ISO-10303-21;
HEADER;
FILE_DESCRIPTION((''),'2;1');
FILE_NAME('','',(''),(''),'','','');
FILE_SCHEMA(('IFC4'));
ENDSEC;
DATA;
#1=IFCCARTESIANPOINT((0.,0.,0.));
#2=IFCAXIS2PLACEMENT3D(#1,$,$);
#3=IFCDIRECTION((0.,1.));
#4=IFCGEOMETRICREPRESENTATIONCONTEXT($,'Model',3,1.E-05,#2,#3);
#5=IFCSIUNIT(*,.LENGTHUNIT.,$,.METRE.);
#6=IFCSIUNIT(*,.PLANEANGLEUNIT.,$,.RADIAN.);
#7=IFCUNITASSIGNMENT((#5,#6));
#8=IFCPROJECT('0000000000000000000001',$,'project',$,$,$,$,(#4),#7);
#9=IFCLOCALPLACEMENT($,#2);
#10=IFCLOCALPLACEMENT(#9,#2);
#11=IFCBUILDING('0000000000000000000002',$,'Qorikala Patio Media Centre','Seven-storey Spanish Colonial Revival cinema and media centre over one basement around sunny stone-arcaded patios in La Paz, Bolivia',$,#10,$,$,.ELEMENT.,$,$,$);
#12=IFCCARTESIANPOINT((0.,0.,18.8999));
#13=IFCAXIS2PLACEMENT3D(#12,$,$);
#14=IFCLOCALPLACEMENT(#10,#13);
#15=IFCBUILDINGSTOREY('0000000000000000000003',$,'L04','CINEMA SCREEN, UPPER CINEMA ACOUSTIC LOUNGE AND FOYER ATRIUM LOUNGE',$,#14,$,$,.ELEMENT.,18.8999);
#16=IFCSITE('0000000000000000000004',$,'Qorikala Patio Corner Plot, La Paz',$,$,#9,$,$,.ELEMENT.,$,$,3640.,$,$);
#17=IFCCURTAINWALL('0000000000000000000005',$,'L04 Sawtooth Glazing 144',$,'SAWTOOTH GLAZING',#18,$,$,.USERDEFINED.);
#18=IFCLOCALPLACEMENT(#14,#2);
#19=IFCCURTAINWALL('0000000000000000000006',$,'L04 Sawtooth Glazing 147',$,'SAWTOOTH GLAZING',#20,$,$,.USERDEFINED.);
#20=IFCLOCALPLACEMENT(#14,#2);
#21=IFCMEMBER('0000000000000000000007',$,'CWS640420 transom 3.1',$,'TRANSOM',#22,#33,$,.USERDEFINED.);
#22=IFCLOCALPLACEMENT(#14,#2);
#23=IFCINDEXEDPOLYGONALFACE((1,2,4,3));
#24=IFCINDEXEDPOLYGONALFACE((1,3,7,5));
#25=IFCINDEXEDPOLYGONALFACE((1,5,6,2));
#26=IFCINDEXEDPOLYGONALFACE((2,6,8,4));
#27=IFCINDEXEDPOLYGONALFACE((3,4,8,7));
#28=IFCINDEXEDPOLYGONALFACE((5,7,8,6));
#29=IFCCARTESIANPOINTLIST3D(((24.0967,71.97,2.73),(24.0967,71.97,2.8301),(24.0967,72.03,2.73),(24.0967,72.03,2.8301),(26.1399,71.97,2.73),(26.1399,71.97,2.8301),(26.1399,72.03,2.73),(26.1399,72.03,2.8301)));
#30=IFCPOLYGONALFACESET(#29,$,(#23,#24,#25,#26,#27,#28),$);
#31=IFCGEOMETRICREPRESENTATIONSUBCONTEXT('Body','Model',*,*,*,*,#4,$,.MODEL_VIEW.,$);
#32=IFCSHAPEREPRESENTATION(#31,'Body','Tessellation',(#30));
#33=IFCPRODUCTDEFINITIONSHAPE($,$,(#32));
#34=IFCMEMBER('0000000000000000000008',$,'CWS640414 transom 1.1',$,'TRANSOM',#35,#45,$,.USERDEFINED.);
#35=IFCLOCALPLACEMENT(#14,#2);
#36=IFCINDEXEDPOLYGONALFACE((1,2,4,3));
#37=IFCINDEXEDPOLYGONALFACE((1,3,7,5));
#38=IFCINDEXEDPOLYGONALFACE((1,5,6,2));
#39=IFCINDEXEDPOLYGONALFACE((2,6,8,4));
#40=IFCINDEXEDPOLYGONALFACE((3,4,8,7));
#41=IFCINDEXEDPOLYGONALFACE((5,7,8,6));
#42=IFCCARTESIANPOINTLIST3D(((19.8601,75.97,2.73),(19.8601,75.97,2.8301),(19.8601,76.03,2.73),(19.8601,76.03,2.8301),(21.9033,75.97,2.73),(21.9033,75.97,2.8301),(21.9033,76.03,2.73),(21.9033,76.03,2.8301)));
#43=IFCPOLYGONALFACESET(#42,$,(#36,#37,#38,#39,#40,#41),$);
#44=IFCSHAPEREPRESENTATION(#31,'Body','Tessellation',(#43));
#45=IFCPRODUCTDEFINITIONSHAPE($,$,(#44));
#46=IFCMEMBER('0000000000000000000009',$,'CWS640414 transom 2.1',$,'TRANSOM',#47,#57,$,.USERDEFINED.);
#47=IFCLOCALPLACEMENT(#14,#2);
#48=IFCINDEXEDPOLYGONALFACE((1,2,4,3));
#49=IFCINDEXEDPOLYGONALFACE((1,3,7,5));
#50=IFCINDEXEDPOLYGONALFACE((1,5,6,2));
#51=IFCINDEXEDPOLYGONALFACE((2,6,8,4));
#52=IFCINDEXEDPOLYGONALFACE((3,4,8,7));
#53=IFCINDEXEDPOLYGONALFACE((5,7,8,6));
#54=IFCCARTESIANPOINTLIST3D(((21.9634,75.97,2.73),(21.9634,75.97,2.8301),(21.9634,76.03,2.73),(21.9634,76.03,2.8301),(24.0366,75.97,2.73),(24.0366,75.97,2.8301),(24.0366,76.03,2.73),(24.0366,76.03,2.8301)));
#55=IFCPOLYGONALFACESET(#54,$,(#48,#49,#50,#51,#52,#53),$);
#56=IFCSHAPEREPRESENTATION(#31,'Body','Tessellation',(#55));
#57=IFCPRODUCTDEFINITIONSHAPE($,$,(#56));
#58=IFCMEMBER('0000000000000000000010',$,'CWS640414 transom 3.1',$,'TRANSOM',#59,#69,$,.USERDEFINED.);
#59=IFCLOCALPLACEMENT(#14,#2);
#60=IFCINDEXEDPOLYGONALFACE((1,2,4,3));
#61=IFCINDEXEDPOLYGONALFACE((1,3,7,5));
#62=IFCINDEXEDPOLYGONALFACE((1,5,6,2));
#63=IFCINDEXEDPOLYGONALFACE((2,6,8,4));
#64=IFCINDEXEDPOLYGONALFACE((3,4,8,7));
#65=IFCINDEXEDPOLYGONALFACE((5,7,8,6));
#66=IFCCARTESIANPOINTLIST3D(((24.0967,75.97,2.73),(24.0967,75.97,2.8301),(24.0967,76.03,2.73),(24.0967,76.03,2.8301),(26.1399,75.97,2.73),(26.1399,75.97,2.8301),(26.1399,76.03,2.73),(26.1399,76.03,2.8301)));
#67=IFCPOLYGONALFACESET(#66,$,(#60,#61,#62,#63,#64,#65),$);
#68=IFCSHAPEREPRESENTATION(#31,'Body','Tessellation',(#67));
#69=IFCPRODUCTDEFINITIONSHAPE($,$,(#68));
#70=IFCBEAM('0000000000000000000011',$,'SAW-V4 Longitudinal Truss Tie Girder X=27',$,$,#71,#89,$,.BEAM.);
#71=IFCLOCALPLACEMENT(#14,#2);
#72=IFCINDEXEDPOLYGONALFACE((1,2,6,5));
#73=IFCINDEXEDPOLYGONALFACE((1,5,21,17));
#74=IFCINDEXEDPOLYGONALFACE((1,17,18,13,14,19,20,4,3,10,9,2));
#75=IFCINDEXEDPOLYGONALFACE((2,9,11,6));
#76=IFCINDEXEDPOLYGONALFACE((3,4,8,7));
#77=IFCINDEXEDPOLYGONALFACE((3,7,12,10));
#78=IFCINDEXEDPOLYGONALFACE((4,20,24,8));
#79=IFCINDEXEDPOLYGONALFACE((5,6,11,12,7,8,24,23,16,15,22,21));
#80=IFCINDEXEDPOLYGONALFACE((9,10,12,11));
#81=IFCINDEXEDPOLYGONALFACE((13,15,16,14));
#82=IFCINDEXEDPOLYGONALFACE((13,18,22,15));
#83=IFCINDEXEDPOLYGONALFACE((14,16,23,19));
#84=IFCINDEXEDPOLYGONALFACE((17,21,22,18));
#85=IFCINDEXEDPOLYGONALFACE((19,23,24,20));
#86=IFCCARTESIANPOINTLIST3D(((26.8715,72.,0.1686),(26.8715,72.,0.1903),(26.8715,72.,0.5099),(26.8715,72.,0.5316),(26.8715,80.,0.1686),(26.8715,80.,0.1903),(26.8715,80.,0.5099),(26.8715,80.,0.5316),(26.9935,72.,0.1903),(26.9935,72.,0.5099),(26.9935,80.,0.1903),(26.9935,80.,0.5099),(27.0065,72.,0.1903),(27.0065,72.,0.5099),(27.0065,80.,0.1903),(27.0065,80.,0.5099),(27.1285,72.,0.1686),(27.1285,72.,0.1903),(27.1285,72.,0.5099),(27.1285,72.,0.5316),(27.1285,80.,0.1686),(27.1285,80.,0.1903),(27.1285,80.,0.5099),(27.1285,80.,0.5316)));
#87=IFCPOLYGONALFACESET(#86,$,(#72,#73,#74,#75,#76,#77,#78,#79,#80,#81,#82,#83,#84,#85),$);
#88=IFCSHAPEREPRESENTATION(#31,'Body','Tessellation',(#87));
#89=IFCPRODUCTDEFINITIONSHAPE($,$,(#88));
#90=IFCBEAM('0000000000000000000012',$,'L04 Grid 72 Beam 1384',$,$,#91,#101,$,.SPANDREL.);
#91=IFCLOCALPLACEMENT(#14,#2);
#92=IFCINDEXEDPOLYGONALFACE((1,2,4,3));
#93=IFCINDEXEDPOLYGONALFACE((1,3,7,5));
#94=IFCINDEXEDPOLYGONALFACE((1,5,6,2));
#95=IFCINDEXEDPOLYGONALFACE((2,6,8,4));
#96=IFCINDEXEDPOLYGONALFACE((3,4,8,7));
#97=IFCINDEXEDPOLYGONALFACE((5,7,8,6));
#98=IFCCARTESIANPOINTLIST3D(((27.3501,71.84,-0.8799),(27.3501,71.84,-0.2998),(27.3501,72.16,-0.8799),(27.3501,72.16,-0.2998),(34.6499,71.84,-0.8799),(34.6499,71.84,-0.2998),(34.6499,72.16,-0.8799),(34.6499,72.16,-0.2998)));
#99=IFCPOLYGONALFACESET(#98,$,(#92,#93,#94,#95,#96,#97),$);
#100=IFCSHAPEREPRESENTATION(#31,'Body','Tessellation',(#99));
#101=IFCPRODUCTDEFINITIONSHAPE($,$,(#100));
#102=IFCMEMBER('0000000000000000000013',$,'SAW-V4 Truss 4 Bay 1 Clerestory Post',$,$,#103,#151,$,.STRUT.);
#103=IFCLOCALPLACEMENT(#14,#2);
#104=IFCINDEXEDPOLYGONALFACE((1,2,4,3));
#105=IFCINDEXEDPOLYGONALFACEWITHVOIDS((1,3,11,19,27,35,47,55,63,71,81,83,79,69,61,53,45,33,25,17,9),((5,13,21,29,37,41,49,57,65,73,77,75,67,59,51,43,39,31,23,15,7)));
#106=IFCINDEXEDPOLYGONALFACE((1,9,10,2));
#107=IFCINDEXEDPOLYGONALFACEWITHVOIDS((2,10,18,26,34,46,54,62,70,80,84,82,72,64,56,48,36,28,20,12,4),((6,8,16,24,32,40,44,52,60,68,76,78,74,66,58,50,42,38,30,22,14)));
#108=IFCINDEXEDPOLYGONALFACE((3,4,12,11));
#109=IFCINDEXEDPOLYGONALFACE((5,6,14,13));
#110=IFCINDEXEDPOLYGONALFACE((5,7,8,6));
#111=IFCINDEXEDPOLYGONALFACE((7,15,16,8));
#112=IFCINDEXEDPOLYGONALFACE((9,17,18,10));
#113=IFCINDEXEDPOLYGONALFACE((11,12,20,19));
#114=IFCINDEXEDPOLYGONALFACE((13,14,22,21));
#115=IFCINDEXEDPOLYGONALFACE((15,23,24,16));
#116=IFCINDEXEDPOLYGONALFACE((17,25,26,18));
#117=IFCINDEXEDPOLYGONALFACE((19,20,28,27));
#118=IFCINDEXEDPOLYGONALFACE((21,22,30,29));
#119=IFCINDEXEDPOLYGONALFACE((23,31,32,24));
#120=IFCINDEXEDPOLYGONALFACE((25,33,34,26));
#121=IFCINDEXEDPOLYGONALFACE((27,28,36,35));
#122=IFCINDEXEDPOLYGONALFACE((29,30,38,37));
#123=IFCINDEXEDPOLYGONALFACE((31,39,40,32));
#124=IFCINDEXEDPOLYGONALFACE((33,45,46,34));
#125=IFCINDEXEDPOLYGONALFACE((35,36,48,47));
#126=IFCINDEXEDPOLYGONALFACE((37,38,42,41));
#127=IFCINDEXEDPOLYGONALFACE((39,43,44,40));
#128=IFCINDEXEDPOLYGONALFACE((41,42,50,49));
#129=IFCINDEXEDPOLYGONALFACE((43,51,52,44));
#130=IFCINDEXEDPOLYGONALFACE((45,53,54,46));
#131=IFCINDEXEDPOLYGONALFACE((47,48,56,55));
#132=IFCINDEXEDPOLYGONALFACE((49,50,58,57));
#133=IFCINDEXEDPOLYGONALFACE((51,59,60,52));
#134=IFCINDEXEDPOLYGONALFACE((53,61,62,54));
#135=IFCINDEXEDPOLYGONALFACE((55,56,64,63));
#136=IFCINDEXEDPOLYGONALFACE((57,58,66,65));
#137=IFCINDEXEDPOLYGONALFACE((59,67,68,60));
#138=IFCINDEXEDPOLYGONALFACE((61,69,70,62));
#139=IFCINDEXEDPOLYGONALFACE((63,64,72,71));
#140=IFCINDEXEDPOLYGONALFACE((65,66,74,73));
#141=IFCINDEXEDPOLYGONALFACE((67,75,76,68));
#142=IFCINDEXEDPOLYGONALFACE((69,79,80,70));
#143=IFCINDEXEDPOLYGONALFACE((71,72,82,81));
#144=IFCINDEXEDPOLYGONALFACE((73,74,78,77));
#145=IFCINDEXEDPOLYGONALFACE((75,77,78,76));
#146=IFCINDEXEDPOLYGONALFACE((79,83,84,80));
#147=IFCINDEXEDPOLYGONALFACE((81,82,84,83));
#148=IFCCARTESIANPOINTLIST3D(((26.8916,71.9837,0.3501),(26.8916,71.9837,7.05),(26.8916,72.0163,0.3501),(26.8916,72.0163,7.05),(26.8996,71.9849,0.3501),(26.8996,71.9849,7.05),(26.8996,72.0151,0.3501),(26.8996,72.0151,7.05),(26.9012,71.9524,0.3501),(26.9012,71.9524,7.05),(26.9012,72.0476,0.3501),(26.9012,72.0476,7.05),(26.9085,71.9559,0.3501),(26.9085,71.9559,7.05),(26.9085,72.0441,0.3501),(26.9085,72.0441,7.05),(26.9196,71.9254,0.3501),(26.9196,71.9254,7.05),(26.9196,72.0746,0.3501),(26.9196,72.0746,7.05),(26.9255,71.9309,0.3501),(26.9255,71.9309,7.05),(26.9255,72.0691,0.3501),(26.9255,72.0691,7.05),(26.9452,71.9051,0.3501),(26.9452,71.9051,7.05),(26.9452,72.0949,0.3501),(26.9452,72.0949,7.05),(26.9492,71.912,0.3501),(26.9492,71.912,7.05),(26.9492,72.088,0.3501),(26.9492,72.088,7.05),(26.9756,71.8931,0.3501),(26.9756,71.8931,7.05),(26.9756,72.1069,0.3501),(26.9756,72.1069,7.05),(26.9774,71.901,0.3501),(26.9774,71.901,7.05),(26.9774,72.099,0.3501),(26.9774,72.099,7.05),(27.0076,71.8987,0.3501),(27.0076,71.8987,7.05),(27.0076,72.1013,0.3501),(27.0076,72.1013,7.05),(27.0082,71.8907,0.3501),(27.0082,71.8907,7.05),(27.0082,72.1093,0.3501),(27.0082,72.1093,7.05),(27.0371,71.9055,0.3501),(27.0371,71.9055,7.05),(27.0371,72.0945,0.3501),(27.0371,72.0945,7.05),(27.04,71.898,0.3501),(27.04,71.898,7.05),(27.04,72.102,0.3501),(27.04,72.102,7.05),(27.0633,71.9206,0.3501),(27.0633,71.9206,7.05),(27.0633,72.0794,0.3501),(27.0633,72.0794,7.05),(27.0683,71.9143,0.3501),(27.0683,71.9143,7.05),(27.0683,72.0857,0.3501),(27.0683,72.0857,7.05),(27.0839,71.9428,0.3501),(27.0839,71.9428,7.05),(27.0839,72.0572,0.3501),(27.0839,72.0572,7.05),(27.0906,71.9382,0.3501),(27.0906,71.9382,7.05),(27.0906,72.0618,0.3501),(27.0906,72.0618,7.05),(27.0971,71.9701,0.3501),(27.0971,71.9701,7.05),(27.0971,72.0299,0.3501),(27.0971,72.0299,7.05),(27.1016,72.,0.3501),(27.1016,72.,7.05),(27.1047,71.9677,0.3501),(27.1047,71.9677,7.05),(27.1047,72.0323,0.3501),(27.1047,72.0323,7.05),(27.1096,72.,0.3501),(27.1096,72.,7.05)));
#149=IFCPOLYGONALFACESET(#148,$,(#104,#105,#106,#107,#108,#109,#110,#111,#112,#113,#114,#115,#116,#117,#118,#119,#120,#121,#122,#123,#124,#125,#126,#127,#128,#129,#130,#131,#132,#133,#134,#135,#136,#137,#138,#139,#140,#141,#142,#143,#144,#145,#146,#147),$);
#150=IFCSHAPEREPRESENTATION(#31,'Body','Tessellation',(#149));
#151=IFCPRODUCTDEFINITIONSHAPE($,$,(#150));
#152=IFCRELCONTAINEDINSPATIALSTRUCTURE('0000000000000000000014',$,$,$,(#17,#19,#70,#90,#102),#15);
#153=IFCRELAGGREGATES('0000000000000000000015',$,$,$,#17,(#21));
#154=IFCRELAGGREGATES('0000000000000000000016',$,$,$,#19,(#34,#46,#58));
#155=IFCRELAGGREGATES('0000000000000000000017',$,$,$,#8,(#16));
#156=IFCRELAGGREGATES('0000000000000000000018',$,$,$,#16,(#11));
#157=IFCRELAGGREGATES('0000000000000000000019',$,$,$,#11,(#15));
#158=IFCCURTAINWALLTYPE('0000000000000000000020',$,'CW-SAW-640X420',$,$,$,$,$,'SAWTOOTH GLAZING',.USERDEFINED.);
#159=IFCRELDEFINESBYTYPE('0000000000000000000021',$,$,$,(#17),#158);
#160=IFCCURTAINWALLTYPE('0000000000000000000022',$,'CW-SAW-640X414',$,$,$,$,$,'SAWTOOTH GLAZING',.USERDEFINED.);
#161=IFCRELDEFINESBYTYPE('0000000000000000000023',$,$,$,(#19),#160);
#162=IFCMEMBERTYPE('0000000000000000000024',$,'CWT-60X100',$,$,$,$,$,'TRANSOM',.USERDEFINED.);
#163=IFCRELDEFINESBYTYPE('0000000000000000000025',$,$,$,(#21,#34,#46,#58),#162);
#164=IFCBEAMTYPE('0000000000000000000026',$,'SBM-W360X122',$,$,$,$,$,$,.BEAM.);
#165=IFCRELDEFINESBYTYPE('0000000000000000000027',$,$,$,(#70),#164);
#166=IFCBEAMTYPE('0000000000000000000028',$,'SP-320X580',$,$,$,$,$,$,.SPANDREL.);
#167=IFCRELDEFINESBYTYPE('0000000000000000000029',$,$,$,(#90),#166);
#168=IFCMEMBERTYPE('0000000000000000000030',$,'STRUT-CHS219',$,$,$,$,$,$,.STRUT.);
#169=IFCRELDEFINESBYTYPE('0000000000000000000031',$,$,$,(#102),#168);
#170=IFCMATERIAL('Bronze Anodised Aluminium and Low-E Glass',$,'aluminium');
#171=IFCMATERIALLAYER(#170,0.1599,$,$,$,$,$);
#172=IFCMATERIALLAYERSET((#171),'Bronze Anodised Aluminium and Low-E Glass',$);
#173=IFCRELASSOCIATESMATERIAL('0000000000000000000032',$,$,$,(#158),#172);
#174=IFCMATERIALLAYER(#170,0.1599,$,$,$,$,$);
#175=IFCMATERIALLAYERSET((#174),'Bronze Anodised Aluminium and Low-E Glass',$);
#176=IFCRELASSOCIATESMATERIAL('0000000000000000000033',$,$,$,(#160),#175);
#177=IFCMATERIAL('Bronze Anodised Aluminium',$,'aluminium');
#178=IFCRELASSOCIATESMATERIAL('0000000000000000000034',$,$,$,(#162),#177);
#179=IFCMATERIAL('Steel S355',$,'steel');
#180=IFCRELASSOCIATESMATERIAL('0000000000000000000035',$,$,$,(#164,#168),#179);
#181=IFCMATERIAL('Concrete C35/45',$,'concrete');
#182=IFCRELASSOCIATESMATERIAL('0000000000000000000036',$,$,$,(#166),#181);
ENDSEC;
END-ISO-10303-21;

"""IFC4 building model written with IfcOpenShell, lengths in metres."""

from ifc_helpers import new_model, si_unit, direction, frame, origin, origin_2d, place, context, subcontext, project, spatial, rectangle, hollow_circle, i_section, extrude, material, layer, layer_set, material_profile, profile_set, type_object, element, aggregate, save


model = new_model("IFC4")

# Units and contexts
model_context = context("Model", 3, precision=1e-05, world=origin(), true_north=direction((0.0, 1.0)))
body_context = subcontext(model_context, "Body", "Model", "MODEL_VIEW")
ifc_project = project(units=[si_unit("LENGTHUNIT", "METRE"), si_unit("PLANEANGLEUNIT", "RADIAN")], contexts=[model_context])

# Site, building, storey
site_placement = place(None, origin())
site = spatial("IfcSite", under=ifc_project, at=site_placement, Name="Qorikala Patio Corner Plot, La Paz", CompositionType="ELEMENT", RefElevation=3640.0)
building_placement = place(site_placement, origin())
building = spatial("IfcBuilding", under=site, at=building_placement, Name="Qorikala Patio Media Centre", Description="Seven-storey Spanish Colonial Revival cinema and media centre over one basement around sunny stone-arcaded patios in La Paz, Bolivia", CompositionType="ELEMENT")
storey_placement = place(building_placement, frame((0.0, 0.0, 18.8999)))
storey = spatial("IfcBuildingStorey", under=building, at=storey_placement, Name="L04", Description="CINEMA SCREEN, UPPER CINEMA ACOUSTIC LOUNGE AND FOYER ATRIUM LOUNGE", CompositionType="ELEMENT", Elevation=18.8999)

# Shared definitions
ifc_material_1 = material(Name="Concrete C35/45", Category="concrete")

# Shared definitions
ifc_material_2 = material(Name="Steel S355", Category="steel")

# Curtain walls
ifc_material_3 = material(Name="Bronze Anodised Aluminium and Low-E Glass", Category="aluminium")
ifc_layer_1 = layer(ifc_material_3, 0.1599)
ifc_layer_set_1 = layer_set([ifc_layer_1], Name="Bronze Anodised Aluminium and Low-E Glass")
curtain_wall_type_1 = type_object("IfcCurtainWallType", Name="CW-SAW-640X420", ElementType="SAWTOOTH GLAZING", PredefinedType="USERDEFINED", material=ifc_layer_set_1)
curtain_wall_1_placement = place(storey_placement, origin())
curtain_wall_1 = element("IfcCurtainWall", 1, at=curtain_wall_1_placement, inside=storey, type_object=curtain_wall_type_1, Name="L04 Sawtooth Glazing 144", ObjectType="SAWTOOTH GLAZING", PredefinedType="USERDEFINED")
ifc_material_4 = material(Name="Bronze Anodised Aluminium", Category="aluminium")
ifc_layer_2 = layer(ifc_material_3, 0.1599)
ifc_layer_set_2 = layer_set([ifc_layer_2], Name="Bronze Anodised Aluminium and Low-E Glass")
curtain_wall_type_2 = type_object("IfcCurtainWallType", Name="CW-SAW-640X414", ElementType="SAWTOOTH GLAZING", PredefinedType="USERDEFINED", material=ifc_layer_set_2)
curtain_wall_2_placement = place(storey_placement, origin())
curtain_wall_2 = element("IfcCurtainWall", 2, at=curtain_wall_2_placement, inside=storey, type_object=curtain_wall_type_2, Name="L04 Sawtooth Glazing 147", ObjectType="SAWTOOTH GLAZING", PredefinedType="USERDEFINED")

# Members
ifc_material_profile_1 = material_profile(ifc_material_4, rectangle(XDim=0.0601, YDim=0.1001, at=origin_2d()), Name="ALU TRANSOM 60x100")
ifc_profile_set_1 = profile_set([ifc_material_profile_1], Name="Bronze Anodised Aluminium")
member_type_1 = type_object("IfcMemberType", Name="CWT-60X100", ElementType="TRANSOM", PredefinedType="USERDEFINED", material=ifc_profile_set_1)
member_1_placement = place(storey_placement, frame((24.0967, 72.0, 2.78), z_axis=(1.0, 0.0, 0.0), x_axis=(0.0, 1.0, 0.0)))
member_1 = element("IfcMember", 3, at=member_1_placement, type_object=member_type_1, Name="CWS640420 transom 3.1", ObjectType="TRANSOM", PredefinedType="USERDEFINED", context=body_context, shape_type="SweptSolid", body=[
    extrude(rectangle(XDim=0.0601, YDim=0.1001, at=origin_2d()), origin(), (0.0, 0.0, 1.0), 2.0432),
])
aggregate(curtain_wall_1, [member_1])
member_2_placement = place(storey_placement, frame((19.8601, 76.0, 2.78), z_axis=(1.0, 0.0, 0.0), x_axis=(0.0, 1.0, 0.0)))
member_2 = element("IfcMember", 4, at=member_2_placement, type_object=member_type_1, Name="CWS640414 transom 1.1", ObjectType="TRANSOM", PredefinedType="USERDEFINED", context=body_context, shape_type="SweptSolid", body=[
    extrude(rectangle(XDim=0.0601, YDim=0.1001, at=origin_2d()), origin(), (0.0, 0.0, 1.0), 2.0432),
])
member_3_placement = place(storey_placement, frame((21.9634, 76.0, 2.78), z_axis=(1.0, 0.0, 0.0), x_axis=(0.0, 1.0, 0.0)))
member_3 = element("IfcMember", 5, at=member_3_placement, type_object=member_type_1, Name="CWS640414 transom 2.1", ObjectType="TRANSOM", PredefinedType="USERDEFINED", context=body_context, shape_type="SweptSolid", body=[
    extrude(rectangle(XDim=0.0601, YDim=0.1001, at=origin_2d()), origin(), (0.0, 0.0, 1.0), 2.0732),
])
member_4_placement = place(storey_placement, frame((24.0967, 76.0, 2.78), z_axis=(1.0, 0.0, 0.0), x_axis=(0.0, 1.0, 0.0)))
member_4 = element("IfcMember", 6, at=member_4_placement, type_object=member_type_1, Name="CWS640414 transom 3.1", ObjectType="TRANSOM", PredefinedType="USERDEFINED", context=body_context, shape_type="SweptSolid", body=[
    extrude(rectangle(XDim=0.0601, YDim=0.1001, at=origin_2d()), origin(), (0.0, 0.0, 1.0), 2.0432),
])
aggregate(curtain_wall_2, [member_2, member_3, member_4])

# Beams
ifc_material_profile_2 = material_profile(ifc_material_2, i_section(OverallWidth=0.2571, OverallDepth=0.363, WebThickness=0.0129, FlangeThickness=0.0217, at=origin_2d()), Name="W360X122")
ifc_profile_set_2 = profile_set([ifc_material_profile_2], Name="Steel S355")
beam_type_1 = type_object("IfcBeamType", Name="SBM-W360X122", PredefinedType="BEAM", material=ifc_profile_set_2)
beam_1_placement = place(storey_placement, frame((27.0, 72.0, 0.3501), z_axis=(0.0, 1.0, 0.0), x_axis=(-1.0, 0.0, 0.0)))
element("IfcBeam", 7, at=beam_1_placement, inside=storey, type_object=beam_type_1, Name="SAW-V4 Longitudinal Truss Tie Girder X=27", PredefinedType="BEAM", context=body_context, shape_type="SweptSolid", body=[
    extrude(i_section(OverallWidth=0.2571, OverallDepth=0.363, WebThickness=0.0129, FlangeThickness=0.0217, at=origin_2d()), origin(), (0.0, 0.0, 1.0), 8.0),
])
ifc_material_profile_3 = material_profile(ifc_material_1, rectangle(XDim=0.3201, YDim=0.5801, at=origin_2d()), Name="RC 320x580")
ifc_profile_set_3 = profile_set([ifc_material_profile_3], Name="Concrete C35/45")
beam_type_2 = type_object("IfcBeamType", Name="SP-320X580", PredefinedType="SPANDREL", material=ifc_profile_set_3)
beam_2_placement = place(storey_placement, frame((27.3501, 72.0, -0.5898), z_axis=(1.0, 0.0, 0.0), x_axis=(0.0, 1.0, 0.0)))
element("IfcBeam", 8, at=beam_2_placement, inside=storey, type_object=beam_type_2, Name="L04 Grid 72 Beam 1384", PredefinedType="SPANDREL", context=body_context, shape_type="SweptSolid", body=[
    extrude(rectangle(XDim=0.3201, YDim=0.5801, at=origin_2d()), origin(), (0.0, 0.0, 1.0), 7.2998),
])

# Member
ifc_material_profile_4 = material_profile(ifc_material_2, hollow_circle(Radius=0.1096, WallThickness=0.0081, at=origin_2d()), Name="CHS219X8")
ifc_profile_set_4 = profile_set([ifc_material_profile_4], Name="Steel S355")
member_type_2 = type_object("IfcMemberType", Name="STRUT-CHS219", PredefinedType="STRUT", material=ifc_profile_set_4)
member_5_placement = place(storey_placement, frame((27.0, 72.0, 0.3501), z_axis=(0.0, 0.0, 1.0), x_axis=(1.0, 0.0, 0.0)))
element("IfcMember", 9, at=member_5_placement, inside=storey, type_object=member_type_2, Name="SAW-V4 Truss 4 Bay 1 Clerestory Post", PredefinedType="STRUT", context=body_context, shape_type="SweptSolid", body=[
    extrude(hollow_circle(Radius=0.1096, WallThickness=0.0081, at=origin_2d()), origin(), (0.0, 0.0, 1.0), 6.7),
])

save(model, "model.ifc")
